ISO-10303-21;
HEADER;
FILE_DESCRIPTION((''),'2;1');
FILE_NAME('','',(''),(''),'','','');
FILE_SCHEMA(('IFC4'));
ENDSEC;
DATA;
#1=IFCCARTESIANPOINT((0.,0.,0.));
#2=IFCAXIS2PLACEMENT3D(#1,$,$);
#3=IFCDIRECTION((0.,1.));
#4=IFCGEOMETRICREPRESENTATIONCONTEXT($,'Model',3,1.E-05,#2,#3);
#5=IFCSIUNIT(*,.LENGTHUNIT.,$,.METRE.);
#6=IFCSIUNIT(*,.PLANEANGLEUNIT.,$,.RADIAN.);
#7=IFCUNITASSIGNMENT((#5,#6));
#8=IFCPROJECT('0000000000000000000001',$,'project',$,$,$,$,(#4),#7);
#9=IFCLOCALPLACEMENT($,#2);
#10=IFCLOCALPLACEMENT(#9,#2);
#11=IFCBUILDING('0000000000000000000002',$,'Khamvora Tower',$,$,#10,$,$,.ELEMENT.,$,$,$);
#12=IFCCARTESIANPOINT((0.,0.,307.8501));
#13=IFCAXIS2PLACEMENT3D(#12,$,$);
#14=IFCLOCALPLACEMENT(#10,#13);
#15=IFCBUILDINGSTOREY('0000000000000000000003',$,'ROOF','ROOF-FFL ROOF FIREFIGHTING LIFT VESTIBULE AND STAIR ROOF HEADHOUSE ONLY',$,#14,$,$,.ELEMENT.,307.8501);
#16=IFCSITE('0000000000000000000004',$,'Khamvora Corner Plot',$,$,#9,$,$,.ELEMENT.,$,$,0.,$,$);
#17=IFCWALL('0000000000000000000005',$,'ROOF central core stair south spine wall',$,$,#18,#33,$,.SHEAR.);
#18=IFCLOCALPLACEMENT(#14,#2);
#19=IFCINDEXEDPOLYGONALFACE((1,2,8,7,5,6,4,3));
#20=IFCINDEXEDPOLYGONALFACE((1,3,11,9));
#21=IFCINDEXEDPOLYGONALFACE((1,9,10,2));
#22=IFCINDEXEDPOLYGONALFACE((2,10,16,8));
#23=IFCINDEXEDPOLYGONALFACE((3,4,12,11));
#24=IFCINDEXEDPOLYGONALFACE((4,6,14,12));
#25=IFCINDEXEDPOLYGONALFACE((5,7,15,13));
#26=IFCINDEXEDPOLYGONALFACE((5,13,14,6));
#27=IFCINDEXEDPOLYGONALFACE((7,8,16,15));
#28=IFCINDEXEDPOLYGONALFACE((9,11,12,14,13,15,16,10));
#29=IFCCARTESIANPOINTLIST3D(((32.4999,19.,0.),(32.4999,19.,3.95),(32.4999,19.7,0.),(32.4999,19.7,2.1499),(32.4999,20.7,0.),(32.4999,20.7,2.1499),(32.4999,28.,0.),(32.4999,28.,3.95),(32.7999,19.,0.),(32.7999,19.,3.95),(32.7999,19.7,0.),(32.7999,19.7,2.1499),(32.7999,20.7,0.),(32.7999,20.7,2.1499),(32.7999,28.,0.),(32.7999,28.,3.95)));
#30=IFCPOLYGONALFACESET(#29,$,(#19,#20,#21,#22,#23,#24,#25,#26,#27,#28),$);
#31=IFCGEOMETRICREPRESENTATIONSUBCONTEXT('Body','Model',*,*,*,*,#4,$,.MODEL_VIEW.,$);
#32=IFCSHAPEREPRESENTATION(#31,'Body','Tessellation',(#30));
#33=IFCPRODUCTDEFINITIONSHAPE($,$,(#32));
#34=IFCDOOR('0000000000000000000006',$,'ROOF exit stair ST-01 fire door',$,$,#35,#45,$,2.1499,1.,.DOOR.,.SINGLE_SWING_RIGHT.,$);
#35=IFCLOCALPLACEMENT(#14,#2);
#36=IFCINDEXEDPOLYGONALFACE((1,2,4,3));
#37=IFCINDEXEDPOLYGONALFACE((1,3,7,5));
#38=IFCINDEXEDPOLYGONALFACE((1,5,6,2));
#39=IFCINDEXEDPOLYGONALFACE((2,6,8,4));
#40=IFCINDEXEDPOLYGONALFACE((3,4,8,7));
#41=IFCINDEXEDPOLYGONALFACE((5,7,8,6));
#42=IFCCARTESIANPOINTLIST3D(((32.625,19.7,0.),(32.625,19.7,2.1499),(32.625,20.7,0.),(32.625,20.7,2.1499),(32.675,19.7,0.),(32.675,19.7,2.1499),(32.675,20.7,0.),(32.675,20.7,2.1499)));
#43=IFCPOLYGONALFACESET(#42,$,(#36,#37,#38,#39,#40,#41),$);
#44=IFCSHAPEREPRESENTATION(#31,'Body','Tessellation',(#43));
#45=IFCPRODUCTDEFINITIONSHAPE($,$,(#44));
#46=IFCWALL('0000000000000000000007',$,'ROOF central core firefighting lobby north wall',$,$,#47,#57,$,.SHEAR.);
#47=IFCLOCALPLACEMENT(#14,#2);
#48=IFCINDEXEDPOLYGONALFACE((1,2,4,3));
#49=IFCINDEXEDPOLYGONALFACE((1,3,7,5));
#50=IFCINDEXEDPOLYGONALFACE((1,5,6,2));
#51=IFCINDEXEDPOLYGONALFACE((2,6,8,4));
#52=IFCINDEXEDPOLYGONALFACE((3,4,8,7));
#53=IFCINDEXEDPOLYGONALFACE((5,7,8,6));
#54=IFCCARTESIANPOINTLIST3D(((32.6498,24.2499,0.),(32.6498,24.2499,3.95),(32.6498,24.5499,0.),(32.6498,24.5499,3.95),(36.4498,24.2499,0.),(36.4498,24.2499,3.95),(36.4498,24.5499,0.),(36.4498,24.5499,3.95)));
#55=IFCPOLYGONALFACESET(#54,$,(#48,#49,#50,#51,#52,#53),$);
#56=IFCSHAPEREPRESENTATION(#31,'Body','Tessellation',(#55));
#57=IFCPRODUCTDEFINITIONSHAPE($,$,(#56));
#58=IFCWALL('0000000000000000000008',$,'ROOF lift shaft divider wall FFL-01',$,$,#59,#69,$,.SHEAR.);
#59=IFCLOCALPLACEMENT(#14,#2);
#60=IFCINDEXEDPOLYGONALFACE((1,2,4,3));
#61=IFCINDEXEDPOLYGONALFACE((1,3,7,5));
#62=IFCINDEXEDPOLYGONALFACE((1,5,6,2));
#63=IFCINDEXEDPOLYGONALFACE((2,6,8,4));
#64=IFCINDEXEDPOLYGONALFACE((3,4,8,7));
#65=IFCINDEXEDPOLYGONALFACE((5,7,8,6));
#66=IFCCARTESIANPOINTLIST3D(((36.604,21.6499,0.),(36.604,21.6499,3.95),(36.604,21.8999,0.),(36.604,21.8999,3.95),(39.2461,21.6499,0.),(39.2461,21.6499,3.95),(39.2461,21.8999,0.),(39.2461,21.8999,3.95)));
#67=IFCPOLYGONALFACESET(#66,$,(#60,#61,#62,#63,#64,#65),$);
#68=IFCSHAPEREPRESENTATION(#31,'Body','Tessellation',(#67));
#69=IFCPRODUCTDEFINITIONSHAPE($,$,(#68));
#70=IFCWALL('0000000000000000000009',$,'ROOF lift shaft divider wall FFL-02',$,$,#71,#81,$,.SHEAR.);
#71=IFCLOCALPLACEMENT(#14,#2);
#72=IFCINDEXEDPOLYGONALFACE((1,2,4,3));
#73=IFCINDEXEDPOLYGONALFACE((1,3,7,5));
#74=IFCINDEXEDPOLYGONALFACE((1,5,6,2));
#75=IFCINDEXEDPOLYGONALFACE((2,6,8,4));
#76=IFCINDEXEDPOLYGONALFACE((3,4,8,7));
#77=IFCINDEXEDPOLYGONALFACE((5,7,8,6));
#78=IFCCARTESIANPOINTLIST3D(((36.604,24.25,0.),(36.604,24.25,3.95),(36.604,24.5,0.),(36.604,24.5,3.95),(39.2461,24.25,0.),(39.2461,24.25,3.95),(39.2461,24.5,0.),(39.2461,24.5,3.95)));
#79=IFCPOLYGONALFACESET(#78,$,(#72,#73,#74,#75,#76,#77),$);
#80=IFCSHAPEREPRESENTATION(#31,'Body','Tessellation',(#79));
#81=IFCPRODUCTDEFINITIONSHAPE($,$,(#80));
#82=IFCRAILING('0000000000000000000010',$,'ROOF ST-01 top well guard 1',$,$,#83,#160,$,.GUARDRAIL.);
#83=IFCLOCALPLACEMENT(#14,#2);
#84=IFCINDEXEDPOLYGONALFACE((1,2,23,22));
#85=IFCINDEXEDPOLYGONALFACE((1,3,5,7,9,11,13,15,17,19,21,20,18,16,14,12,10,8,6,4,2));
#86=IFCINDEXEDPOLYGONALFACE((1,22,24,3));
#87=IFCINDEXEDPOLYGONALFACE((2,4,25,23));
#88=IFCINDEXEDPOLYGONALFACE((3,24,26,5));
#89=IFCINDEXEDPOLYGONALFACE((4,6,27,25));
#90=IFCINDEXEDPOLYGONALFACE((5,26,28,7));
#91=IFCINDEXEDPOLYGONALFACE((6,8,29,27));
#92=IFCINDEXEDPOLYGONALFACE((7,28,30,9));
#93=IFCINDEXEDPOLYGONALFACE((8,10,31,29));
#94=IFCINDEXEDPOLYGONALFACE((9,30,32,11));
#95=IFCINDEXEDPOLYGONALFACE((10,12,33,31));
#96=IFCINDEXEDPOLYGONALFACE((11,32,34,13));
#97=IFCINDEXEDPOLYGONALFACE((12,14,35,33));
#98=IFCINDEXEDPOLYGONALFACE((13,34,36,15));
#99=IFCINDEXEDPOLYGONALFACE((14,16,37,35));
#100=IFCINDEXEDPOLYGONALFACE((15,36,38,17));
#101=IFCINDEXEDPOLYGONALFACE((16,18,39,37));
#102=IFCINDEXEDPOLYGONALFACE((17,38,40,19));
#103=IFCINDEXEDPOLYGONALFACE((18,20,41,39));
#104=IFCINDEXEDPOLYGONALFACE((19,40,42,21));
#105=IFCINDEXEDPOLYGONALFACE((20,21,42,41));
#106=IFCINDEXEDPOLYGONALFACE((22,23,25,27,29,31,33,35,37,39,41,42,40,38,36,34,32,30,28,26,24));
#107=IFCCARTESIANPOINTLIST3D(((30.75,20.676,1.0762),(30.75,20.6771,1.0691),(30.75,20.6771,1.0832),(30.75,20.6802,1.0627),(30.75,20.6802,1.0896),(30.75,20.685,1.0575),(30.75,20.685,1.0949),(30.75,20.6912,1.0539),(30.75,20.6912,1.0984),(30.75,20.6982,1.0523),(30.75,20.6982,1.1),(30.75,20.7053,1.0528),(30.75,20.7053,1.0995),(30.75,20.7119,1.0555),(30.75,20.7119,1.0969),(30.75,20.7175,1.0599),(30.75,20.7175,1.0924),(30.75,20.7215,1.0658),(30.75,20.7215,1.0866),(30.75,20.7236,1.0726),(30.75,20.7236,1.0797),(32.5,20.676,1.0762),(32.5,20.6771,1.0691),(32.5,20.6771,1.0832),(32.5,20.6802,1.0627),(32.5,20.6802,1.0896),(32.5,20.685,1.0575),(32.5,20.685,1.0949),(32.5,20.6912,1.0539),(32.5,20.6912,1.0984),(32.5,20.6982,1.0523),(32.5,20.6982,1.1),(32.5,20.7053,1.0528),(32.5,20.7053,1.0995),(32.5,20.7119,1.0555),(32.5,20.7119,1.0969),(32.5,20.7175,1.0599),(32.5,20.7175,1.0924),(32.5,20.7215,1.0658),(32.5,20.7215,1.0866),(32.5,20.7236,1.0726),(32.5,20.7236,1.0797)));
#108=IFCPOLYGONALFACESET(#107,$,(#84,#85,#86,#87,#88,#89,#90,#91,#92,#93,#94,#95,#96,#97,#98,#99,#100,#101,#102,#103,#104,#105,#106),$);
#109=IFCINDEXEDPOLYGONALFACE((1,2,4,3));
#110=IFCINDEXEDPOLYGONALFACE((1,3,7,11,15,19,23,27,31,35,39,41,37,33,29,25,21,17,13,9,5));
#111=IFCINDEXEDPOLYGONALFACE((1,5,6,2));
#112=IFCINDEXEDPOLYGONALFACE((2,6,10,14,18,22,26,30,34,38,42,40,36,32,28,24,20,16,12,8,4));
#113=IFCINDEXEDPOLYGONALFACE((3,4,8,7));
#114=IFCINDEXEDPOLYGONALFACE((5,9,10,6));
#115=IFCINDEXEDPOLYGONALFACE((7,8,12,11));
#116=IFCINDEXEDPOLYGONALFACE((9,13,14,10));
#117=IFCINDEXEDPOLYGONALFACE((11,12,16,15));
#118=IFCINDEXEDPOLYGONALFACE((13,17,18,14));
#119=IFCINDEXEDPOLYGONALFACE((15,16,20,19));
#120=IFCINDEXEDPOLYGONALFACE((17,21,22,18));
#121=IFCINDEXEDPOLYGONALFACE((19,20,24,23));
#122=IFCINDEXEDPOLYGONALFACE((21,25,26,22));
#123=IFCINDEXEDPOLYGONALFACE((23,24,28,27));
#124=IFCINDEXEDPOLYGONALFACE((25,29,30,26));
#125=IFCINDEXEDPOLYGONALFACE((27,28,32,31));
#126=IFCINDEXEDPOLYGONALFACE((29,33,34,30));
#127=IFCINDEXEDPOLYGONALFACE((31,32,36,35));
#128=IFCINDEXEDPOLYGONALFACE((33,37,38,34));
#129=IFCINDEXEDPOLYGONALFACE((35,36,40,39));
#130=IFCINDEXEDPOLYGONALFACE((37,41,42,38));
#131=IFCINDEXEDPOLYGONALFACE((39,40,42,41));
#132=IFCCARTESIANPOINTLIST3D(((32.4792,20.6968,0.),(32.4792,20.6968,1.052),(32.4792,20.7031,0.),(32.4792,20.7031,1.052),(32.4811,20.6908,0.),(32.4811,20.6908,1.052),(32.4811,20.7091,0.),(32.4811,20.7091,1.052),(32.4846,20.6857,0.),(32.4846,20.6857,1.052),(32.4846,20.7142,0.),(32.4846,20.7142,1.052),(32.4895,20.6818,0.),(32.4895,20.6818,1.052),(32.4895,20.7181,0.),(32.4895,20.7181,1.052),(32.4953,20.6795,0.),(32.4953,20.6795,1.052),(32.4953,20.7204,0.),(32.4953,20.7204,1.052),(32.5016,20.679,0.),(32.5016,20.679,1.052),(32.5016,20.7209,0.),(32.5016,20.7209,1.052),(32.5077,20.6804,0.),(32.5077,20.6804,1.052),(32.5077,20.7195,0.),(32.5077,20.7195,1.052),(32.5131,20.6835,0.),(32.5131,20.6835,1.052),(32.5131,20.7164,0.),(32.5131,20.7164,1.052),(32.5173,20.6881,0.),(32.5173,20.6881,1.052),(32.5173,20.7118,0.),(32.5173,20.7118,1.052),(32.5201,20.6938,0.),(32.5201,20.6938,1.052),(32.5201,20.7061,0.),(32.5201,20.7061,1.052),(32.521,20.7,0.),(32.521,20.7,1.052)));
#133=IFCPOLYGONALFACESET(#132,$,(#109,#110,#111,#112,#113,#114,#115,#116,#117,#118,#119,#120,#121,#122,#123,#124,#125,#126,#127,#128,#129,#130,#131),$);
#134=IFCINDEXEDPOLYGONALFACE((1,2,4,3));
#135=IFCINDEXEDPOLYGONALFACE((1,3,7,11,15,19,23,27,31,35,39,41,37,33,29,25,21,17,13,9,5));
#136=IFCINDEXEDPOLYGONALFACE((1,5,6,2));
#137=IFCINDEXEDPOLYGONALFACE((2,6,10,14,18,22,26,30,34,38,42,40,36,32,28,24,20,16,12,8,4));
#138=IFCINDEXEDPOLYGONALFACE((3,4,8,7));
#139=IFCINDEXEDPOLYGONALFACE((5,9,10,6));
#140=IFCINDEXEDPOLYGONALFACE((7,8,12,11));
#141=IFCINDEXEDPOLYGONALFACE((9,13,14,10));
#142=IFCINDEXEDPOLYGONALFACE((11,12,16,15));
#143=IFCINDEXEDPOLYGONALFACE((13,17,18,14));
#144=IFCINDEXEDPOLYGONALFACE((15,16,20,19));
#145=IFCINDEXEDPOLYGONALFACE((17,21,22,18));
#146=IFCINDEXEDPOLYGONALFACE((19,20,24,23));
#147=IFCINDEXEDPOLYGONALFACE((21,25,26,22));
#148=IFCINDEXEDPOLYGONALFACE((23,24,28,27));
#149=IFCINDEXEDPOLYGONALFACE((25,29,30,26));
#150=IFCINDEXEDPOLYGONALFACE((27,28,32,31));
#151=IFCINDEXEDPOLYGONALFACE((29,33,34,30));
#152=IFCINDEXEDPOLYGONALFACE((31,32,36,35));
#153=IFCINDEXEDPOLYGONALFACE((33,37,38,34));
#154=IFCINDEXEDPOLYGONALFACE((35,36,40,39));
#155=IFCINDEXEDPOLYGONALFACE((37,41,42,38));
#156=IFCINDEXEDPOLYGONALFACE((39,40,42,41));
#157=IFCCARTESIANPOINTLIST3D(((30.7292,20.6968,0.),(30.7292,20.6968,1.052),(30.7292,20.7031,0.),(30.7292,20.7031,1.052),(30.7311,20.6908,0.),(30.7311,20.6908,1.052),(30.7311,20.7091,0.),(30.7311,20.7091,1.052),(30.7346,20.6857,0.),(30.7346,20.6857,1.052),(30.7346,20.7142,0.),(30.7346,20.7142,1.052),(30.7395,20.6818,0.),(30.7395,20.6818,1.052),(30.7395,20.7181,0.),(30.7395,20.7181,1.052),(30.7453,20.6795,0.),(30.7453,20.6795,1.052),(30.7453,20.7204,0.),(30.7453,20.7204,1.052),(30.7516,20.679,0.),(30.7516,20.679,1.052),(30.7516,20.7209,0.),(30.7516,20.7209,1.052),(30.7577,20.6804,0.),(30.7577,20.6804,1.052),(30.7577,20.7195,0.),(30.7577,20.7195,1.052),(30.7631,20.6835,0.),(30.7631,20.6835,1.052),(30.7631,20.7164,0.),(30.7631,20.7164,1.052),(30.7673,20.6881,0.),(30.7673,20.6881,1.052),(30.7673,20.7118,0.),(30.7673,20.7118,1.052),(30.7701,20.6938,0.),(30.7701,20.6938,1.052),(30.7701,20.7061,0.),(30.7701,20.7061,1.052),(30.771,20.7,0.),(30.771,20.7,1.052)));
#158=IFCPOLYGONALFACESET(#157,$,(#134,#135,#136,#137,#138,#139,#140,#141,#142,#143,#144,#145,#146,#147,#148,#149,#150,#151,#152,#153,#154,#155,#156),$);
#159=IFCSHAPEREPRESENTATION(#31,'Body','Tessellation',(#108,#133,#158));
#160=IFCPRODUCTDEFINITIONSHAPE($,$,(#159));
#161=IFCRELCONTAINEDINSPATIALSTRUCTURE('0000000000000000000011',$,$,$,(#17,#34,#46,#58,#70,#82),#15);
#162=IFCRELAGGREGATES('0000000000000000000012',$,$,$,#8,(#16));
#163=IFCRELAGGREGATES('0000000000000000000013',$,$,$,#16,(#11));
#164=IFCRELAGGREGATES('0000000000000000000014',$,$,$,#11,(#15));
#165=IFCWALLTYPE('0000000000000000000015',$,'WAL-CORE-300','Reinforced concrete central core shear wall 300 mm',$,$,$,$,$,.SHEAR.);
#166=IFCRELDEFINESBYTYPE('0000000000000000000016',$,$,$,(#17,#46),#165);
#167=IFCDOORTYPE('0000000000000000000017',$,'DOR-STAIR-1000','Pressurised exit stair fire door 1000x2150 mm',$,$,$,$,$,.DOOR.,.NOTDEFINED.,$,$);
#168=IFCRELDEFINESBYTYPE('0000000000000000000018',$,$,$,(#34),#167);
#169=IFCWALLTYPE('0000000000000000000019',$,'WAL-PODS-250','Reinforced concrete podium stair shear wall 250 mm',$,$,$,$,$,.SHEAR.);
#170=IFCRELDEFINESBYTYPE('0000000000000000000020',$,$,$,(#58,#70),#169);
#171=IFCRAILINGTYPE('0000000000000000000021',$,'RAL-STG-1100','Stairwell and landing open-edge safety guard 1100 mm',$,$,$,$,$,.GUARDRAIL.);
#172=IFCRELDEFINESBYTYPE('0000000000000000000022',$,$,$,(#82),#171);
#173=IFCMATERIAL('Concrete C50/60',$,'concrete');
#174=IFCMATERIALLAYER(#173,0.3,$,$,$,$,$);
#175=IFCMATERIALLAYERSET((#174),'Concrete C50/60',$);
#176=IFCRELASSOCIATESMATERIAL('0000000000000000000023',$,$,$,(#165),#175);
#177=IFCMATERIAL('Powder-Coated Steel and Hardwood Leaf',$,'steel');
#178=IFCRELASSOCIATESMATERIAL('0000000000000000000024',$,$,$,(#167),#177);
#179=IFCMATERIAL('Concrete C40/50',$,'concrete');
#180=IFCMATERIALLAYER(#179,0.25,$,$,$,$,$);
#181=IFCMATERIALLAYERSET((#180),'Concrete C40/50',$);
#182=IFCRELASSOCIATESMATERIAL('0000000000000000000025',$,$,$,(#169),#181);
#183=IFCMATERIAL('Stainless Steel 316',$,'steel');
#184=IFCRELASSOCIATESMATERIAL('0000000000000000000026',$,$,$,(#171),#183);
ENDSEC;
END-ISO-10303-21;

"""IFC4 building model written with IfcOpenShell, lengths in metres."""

from ifc_helpers import new_model, si_unit, direction, frame, frame_2d, origin, origin_2d, place, context, subcontext, project, spatial, rectangle, circle, extrude, material, layer, layer_set, type_object, element, fill, save


model = new_model("IFC4")

# Units and contexts
model_context = context("Model", 3, precision=1e-05, world=origin(), true_north=direction((0.0, 1.0)))
body_context = subcontext(model_context, "Body", "Model", "MODEL_VIEW")
ifc_project = project(units=[si_unit("LENGTHUNIT", "METRE"), si_unit("PLANEANGLEUNIT", "RADIAN")], contexts=[model_context])

# Site, building, storey
site_placement = place(None, origin())
site = spatial("IfcSite", under=ifc_project, at=site_placement, Name="Khamvora Corner Plot", CompositionType="ELEMENT", RefElevation=0.0)
building_placement = place(site_placement, origin())
building = spatial("IfcBuilding", under=site, at=building_placement, Name="Khamvora Tower", CompositionType="ELEMENT")
storey_placement = place(building_placement, frame((0.0, 0.0, 307.8501)))
storey = spatial("IfcBuildingStorey", under=building, at=storey_placement, Name="ROOF", Description="ROOF-FFL ROOF FIREFIGHTING LIFT VESTIBULE AND STAIR ROOF HEADHOUSE ONLY", CompositionType="ELEMENT", Elevation=307.8501)

# Wall, opening, door
ifc_material_1 = material(Name="Concrete C50/60", Category="concrete")
ifc_layer_1 = layer(ifc_material_1, 0.3)
ifc_layer_set_1 = layer_set([ifc_layer_1], Name="Concrete C50/60")
wall_type_1 = type_object("IfcWallType", Name="WAL-CORE-300", Description="Reinforced concrete central core shear wall 300 mm", PredefinedType="SHEAR", material=ifc_layer_set_1)
wall_1_placement = place(storey_placement, frame((32.6499, 19.0, 0.0), z_axis=(0.0, 0.0, 1.0), x_axis=(0.0, 1.0, 0.0)))
wall_1 = element("IfcWall", 1, at=wall_1_placement, inside=storey, type_object=wall_type_1, Name="ROOF central core stair south spine wall", PredefinedType="SHEAR", context=body_context, shape_type="SweptSolid", body=[
    extrude(rectangle(XDim=9.0, YDim=0.3, at=frame_2d((4.5, 0.0))), origin(), (0.0, 0.0, 1.0), 3.95),
])
opening_1_placement = place(wall_1_placement, frame((0.7, 0.0, 0.0)))
opening_1 = element("IfcOpeningElement", 2, at=opening_1_placement, cuts=wall_1, PredefinedType="OPENING", context=body_context, shape_type="SweptSolid", body=[
    extrude(rectangle(XDim=1.0, YDim=2.1499, at=frame_2d((0.5, 1.075))), frame((0.0, 0.1599, 0.0), z_axis=(0.0, -1.0, 0.0), x_axis=(1.0, 0.0, 0.0)), (0.0, 0.0, 1.0), 0.3201),
])
ifc_material_2 = material(Name="Powder-Coated Steel and Hardwood Leaf", Category="steel")
door_type_1 = type_object("IfcDoorType", Name="DOR-STAIR-1000", Description="Pressurised exit stair fire door 1000x2150 mm", OperationType="NOTDEFINED", PredefinedType="DOOR", material=ifc_material_2)
door_1_placement = place(opening_1_placement, origin())
door_1 = element("IfcDoor", 3, at=door_1_placement, inside=storey, type_object=door_type_1, Name="ROOF exit stair ST-01 fire door", OperationType="SINGLE_SWING_RIGHT", OverallHeight=2.1499, OverallWidth=1.0, PredefinedType="DOOR", context=body_context, shape_type="SweptSolid", body=[
    extrude(rectangle(XDim=1.0, YDim=2.1499, at=frame_2d((0.5, 1.075))), frame((0.0, 0.0249, 0.0), z_axis=(0.0, -1.0, 0.0), x_axis=(1.0, 0.0, 0.0)), (0.0, 0.0, 1.0), 0.05),
])
fill(opening_1, door_1)

# Wall
wall_2_placement = place(storey_placement, frame((32.6499, 24.3999, 0.0), z_axis=(0.0, 0.0, 1.0), x_axis=(1.0, 0.0, 0.0)))
element("IfcWall", 4, at=wall_2_placement, inside=storey, type_object=wall_type_1, Name="ROOF central core firefighting lobby north wall", PredefinedType="SHEAR", context=body_context, shape_type="SweptSolid", body=[
    extrude(rectangle(XDim=3.8, YDim=0.3, at=frame_2d((1.8999, 0.0))), origin(), (0.0, 0.0, 1.0), 3.95),
])

# Walls
ifc_material_3 = material(Name="Concrete C40/50", Category="concrete")
ifc_layer_2 = layer(ifc_material_3, 0.25)
ifc_layer_set_2 = layer_set([ifc_layer_2], Name="Concrete C40/50")
wall_type_2 = type_object("IfcWallType", Name="WAL-PODS-250", Description="Reinforced concrete podium stair shear wall 250 mm", PredefinedType="SHEAR", material=ifc_layer_set_2)
for number, where, z_axis, x_axis, name in (
    (5, (36.604, 21.7749, 0.0), (0.0, 0.0, 1.0), (1.0, 0.0, 0.0), "ROOF lift shaft divider wall FFL-01"),
    (6, (36.604, 24.375, 0.0), (0.0, 0.0, 1.0), (1.0, 0.0, 0.0), "ROOF lift shaft divider wall FFL-02"),
):
    element("IfcWall", number, at=place(storey_placement, frame(where, z_axis=z_axis, x_axis=x_axis)), inside=storey, type_object=wall_type_2, Name=name, PredefinedType="SHEAR", context=body_context, shape_type="SweptSolid", body=[
        extrude(rectangle(XDim=2.6421, YDim=0.25, at=frame_2d((1.321, 0.0))), origin(), (0.0, 0.0, 1.0), 3.95),
    ])

# Railing
ifc_material_4 = material(Name="Stainless Steel 316", Category="steel")
railing_type = type_object("IfcRailingType", Name="RAL-STG-1100", Description="Stairwell and landing open-edge safety guard 1100 mm", PredefinedType="GUARDRAIL", material=ifc_material_4)
railing_placement = place(storey_placement, frame((32.5, 20.7, 0.0)))
element("IfcRailing", 7, at=railing_placement, inside=storey, type_object=railing_type, Name="ROOF ST-01 top well guard 1", PredefinedType="GUARDRAIL", context=body_context, shape_type="SweptSolid", body=[
    extrude(circle(Radius=0.0239, at=origin_2d()), frame((0.0, 0.0, 1.0762), z_axis=(-1.0, 0.0, 0.0), x_axis=(0.0, -1.0, 0.0)), (0.0, 0.0, 1.0), 1.75),
    extrude(circle(Radius=0.021, at=origin_2d()), origin(), (0.0, 0.0, 1.0), 1.052),
    extrude(circle(Radius=0.021, at=origin_2d()), frame((-1.75, 0.0, 0.0)), (0.0, 0.0, 1.0), 1.052),
])

save(model, "model.ifc")
